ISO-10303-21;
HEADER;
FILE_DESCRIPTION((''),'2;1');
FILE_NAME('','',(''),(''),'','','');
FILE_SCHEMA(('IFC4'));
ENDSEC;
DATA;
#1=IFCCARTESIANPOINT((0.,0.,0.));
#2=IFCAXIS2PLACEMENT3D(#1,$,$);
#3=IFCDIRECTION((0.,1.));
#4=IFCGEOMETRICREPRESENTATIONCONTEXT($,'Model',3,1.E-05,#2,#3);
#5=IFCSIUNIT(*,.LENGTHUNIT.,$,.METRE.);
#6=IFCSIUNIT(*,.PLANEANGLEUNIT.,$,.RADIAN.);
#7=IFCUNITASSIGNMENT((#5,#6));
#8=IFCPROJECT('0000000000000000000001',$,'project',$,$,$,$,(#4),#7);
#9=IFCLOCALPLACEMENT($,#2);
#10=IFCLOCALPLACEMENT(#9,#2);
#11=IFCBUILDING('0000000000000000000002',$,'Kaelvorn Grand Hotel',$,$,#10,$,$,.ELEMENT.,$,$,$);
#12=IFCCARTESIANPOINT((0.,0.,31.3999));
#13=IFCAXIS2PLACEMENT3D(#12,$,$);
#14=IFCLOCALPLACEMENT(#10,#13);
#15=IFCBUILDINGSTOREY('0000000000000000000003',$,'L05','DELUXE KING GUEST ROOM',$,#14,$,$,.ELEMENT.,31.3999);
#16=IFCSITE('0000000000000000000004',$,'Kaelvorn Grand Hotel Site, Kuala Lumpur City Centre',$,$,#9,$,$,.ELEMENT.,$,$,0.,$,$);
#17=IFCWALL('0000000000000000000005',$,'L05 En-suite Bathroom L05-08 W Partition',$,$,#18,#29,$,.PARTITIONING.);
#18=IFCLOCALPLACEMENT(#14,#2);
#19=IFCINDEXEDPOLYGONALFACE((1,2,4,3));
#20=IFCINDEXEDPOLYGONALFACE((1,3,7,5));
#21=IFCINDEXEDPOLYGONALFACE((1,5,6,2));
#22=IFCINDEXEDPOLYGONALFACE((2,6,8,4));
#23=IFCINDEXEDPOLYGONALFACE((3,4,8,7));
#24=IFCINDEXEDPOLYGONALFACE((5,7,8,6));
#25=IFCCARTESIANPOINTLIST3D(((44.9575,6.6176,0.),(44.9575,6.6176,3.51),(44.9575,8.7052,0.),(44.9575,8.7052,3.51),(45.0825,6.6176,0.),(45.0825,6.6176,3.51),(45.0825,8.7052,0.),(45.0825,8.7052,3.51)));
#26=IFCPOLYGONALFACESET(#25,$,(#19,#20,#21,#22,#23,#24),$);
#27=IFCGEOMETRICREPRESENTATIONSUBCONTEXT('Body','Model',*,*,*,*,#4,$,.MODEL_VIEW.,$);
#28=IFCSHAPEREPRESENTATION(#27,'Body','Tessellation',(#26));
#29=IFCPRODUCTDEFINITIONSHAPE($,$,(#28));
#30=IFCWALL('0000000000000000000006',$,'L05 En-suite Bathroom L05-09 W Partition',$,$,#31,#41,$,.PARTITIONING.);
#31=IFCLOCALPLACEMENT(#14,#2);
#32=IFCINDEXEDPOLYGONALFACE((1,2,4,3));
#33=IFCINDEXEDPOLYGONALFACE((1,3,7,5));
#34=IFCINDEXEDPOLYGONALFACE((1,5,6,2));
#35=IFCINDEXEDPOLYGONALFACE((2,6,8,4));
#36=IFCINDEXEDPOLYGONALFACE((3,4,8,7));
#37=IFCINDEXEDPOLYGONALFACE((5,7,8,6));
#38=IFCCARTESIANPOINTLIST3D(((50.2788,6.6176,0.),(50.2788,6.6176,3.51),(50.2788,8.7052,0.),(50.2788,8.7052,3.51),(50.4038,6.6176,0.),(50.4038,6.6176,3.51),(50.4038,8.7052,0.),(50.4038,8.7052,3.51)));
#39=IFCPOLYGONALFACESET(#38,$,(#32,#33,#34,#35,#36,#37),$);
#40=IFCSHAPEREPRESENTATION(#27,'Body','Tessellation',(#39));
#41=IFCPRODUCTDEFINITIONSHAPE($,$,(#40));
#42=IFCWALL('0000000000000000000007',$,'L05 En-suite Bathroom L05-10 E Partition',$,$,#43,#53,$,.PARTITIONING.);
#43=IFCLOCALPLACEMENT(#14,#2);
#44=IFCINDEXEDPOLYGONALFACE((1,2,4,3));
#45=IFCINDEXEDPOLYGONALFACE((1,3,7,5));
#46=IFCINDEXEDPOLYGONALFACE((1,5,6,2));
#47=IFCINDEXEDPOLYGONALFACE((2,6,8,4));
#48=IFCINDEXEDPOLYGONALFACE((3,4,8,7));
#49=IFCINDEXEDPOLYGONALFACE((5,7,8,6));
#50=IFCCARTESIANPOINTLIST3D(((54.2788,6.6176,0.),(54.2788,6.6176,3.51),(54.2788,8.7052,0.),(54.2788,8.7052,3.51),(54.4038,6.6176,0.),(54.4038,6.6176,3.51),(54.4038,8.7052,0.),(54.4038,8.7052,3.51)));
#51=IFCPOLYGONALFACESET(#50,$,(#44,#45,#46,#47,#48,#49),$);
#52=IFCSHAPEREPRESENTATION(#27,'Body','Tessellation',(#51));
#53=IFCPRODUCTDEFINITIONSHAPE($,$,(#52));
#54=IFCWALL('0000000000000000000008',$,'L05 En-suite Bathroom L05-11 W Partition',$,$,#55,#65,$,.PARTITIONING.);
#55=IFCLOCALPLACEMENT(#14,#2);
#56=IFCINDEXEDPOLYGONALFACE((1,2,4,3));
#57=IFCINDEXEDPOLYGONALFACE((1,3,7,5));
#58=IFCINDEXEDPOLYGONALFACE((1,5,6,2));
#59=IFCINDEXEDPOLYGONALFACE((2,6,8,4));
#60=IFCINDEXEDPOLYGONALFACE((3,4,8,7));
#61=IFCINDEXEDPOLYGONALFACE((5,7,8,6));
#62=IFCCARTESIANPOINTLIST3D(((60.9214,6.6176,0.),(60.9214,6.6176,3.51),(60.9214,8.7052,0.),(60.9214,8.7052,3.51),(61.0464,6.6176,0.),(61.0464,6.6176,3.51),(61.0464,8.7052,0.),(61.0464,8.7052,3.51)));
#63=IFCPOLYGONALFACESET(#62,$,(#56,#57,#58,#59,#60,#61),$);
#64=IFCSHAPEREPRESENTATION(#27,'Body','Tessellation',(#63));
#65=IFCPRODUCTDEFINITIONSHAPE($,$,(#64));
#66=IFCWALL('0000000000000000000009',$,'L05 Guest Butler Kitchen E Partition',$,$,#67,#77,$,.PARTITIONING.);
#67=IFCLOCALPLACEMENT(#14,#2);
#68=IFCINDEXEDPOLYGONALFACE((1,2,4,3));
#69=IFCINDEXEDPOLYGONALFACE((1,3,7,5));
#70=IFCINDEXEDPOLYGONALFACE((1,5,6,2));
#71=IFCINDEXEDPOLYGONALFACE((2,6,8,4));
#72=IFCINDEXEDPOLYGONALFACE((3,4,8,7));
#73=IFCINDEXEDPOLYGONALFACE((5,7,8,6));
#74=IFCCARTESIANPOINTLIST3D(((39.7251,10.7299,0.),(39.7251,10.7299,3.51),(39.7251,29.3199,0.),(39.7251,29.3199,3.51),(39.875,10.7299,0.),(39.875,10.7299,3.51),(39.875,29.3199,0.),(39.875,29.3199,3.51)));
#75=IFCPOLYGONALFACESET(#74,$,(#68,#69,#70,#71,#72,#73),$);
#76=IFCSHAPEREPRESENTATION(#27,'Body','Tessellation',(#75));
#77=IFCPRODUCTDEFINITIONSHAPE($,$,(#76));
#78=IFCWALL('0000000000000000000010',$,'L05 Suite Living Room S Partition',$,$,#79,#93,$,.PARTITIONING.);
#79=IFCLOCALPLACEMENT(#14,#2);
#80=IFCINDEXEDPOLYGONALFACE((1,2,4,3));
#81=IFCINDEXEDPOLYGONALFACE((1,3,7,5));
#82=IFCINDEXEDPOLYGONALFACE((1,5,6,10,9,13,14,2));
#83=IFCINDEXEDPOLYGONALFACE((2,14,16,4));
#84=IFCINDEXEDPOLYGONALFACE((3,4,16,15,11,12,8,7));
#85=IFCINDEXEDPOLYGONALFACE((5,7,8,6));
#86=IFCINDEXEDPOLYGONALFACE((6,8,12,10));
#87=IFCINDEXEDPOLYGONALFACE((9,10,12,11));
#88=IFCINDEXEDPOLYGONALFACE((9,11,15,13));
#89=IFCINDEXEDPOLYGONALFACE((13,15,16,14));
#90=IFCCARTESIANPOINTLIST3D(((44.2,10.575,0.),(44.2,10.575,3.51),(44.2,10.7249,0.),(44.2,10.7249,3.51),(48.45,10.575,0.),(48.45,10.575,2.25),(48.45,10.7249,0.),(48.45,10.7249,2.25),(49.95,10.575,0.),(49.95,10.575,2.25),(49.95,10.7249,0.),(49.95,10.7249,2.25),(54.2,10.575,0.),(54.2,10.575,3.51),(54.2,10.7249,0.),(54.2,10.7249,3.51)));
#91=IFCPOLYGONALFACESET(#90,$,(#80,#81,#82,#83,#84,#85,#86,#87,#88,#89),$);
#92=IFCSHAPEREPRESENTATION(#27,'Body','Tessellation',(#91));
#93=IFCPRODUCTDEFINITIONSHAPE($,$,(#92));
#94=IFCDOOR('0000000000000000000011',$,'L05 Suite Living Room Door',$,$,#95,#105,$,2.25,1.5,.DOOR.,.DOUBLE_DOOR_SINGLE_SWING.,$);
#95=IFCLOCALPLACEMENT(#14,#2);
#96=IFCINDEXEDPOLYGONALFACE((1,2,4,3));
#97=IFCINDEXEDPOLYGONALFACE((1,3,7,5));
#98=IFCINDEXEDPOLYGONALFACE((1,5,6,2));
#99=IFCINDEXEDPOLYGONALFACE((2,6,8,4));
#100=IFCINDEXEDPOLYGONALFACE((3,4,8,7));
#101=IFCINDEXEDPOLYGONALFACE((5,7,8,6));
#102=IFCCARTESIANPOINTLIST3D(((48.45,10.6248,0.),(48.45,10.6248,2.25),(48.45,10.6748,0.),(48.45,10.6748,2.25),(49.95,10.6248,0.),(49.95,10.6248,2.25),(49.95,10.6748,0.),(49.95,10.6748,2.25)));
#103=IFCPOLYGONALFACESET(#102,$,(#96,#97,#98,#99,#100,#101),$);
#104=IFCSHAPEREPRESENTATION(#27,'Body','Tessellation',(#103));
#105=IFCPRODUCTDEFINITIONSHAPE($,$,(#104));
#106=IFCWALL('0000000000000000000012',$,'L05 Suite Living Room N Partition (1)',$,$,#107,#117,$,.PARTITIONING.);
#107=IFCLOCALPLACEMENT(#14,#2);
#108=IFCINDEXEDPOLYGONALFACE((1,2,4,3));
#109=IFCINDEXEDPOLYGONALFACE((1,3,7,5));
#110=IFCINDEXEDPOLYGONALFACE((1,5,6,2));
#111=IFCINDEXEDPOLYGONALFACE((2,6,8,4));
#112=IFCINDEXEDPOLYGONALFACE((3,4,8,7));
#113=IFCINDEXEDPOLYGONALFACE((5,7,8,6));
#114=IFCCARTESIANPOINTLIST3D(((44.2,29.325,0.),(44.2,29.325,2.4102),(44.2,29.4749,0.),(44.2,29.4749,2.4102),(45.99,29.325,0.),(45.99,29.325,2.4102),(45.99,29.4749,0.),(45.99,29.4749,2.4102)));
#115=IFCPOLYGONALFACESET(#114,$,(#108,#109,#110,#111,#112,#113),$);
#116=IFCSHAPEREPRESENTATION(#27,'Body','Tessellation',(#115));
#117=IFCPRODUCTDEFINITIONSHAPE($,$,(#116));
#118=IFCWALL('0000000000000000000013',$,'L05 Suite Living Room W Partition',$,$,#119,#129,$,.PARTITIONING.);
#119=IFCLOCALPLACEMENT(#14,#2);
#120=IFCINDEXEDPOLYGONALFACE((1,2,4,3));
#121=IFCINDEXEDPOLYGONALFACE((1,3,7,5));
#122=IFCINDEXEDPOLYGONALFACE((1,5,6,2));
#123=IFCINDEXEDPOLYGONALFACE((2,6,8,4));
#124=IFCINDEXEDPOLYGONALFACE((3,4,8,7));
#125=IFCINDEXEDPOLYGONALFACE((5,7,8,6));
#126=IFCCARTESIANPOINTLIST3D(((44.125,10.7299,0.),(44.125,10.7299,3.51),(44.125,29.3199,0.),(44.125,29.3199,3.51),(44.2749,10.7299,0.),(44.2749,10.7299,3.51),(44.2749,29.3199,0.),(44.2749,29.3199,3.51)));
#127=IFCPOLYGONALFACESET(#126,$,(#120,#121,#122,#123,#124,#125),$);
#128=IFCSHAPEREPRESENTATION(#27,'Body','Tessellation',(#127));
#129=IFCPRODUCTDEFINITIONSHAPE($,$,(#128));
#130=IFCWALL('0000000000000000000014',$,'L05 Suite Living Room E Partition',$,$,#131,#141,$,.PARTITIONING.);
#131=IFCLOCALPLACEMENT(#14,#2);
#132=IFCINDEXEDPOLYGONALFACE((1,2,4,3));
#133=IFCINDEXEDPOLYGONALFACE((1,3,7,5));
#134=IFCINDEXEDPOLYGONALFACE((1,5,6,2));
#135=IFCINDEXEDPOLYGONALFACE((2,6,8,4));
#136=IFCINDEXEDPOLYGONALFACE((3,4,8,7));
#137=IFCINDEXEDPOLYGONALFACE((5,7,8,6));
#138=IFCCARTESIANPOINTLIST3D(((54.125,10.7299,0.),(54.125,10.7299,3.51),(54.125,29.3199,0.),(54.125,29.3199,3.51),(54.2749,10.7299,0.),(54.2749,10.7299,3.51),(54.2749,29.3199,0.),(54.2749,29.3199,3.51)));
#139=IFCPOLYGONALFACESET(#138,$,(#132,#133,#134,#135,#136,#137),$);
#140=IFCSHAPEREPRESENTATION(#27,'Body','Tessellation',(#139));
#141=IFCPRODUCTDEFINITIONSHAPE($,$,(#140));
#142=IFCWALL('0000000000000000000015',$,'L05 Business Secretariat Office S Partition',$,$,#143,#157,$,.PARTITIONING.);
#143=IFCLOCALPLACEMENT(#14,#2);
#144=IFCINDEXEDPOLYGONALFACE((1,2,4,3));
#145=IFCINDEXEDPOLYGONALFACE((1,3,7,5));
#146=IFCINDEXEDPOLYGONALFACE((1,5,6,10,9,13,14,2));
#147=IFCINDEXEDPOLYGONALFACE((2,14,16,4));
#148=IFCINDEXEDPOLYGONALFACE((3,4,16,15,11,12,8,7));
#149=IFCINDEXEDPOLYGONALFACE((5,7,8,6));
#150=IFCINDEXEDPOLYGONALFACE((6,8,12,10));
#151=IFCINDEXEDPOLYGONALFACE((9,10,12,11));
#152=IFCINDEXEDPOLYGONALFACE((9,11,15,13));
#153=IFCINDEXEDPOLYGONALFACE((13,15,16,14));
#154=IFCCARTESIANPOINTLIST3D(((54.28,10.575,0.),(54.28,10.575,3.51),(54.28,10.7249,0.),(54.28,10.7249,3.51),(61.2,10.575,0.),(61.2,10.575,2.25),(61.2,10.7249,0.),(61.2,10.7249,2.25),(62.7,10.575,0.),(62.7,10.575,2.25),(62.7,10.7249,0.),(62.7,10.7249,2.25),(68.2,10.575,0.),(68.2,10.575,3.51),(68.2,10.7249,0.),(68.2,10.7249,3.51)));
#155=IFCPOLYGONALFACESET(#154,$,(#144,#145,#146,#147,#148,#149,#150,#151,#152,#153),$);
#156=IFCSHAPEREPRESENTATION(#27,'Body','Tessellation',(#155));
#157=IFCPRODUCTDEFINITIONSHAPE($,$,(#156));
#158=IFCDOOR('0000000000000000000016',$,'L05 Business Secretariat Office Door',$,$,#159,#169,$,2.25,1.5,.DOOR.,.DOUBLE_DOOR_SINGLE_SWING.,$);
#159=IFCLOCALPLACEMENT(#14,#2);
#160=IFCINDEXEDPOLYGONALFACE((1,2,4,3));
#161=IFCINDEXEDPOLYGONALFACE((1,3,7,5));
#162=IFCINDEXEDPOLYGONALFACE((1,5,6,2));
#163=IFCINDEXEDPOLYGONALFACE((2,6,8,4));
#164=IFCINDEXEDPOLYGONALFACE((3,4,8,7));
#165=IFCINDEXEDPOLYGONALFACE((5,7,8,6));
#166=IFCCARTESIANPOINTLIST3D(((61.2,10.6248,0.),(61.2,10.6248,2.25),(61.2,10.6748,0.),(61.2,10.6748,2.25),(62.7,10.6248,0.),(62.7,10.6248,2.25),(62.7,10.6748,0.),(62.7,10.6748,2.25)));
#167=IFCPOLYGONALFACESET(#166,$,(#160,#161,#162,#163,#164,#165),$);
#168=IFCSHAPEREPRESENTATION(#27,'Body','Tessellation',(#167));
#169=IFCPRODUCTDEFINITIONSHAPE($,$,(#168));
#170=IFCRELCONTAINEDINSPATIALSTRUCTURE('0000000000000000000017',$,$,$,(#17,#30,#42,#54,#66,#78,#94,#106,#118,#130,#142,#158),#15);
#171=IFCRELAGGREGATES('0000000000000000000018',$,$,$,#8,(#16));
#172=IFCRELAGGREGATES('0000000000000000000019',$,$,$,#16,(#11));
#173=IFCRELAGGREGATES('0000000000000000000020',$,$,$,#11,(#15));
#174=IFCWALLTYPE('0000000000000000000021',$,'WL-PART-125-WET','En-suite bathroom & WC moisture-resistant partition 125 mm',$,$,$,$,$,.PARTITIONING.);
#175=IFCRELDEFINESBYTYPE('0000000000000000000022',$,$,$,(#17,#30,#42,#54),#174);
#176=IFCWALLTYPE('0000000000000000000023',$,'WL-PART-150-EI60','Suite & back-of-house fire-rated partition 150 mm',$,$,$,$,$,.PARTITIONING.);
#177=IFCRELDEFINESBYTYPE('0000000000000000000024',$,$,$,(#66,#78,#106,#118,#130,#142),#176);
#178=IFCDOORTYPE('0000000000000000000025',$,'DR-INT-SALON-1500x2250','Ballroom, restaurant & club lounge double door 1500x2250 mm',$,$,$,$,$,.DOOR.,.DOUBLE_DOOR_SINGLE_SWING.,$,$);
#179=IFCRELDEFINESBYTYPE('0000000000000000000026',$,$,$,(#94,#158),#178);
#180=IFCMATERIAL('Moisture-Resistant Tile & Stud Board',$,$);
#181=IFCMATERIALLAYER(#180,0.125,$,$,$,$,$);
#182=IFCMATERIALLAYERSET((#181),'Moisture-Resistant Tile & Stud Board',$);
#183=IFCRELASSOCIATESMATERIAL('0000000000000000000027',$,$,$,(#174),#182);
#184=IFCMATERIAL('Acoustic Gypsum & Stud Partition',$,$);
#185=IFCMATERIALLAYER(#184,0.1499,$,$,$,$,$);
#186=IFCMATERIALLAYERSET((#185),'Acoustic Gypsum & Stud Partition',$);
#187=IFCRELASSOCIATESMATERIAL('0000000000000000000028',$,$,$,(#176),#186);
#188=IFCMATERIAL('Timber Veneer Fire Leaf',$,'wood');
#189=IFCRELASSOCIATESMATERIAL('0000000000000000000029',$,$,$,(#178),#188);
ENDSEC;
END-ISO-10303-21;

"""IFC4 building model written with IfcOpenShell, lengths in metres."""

from ifc_helpers import new_model, si_unit, direction, frame, frame_2d, origin, place, context, subcontext, project, spatial, rectangle, extrude, material, layer, layer_set, type_object, element, fill, save


model = new_model("IFC4")

# Units and contexts
model_context = context("Model", 3, precision=1e-05, world=origin(), true_north=direction((0.0, 1.0)))
body_context = subcontext(model_context, "Body", "Model", "MODEL_VIEW")
ifc_project = project(units=[si_unit("LENGTHUNIT", "METRE"), si_unit("PLANEANGLEUNIT", "RADIAN")], contexts=[model_context])

# Site, building, storey
site_placement = place(None, origin())
site = spatial("IfcSite", under=ifc_project, at=site_placement, Name="Kaelvorn Grand Hotel Site, Kuala Lumpur City Centre", CompositionType="ELEMENT", RefElevation=0.0)
building_placement = place(site_placement, origin())
building = spatial("IfcBuilding", under=site, at=building_placement, Name="Kaelvorn Grand Hotel", CompositionType="ELEMENT")
storey_placement = place(building_placement, frame((0.0, 0.0, 31.3999)))
storey = spatial("IfcBuildingStorey", under=building, at=storey_placement, Name="L05", Description="DELUXE KING GUEST ROOM", CompositionType="ELEMENT", Elevation=31.3999)

# Walls
ifc_material_1 = material(Name="Moisture-Resistant Tile & Stud Board")
ifc_layer_1 = layer(ifc_material_1, 0.125)
ifc_layer_set_1 = layer_set([ifc_layer_1], Name="Moisture-Resistant Tile & Stud Board")
wall_type_1 = type_object("IfcWallType", Name="WL-PART-125-WET", Description="En-suite bathroom & WC moisture-resistant partition 125 mm", PredefinedType="PARTITIONING", material=ifc_layer_set_1)
for number, where, z_axis, x_axis, name in (
    (1, (45.02, 6.6174, 0.0), (0.0, 0.0, 1.0), (0.0, 1.0, 0.0), "L05 En-suite Bathroom L05-08 W Partition"),
    (2, (50.3413, 6.6174, 0.0), (0.0, 0.0, 1.0), (0.0, 1.0, 0.0), "L05 En-suite Bathroom L05-09 W Partition"),
    (3, (54.3413, 6.6174, 0.0), (0.0, 0.0, 1.0), (0.0, 1.0, 0.0), "L05 En-suite Bathroom L05-10 E Partition"),
    (4, (60.9839, 6.6174, 0.0), (0.0, 0.0, 1.0), (0.0, 1.0, 0.0), "L05 En-suite Bathroom L05-11 W Partition"),
):
    element("IfcWall", number, at=place(storey_placement, frame(where, z_axis=z_axis, x_axis=x_axis)), inside=storey, type_object=wall_type_1, Name=name, PredefinedType="PARTITIONING", context=body_context, shape_type="SweptSolid", body=[
        extrude(rectangle(XDim=2.0876, YDim=0.125, at=frame_2d((1.0439, 0.0))), origin(), (0.0, 0.0, 1.0), 3.51),
    ])
ifc_material_2 = material(Name="Acoustic Gypsum & Stud Partition")
ifc_layer_2 = layer(ifc_material_2, 0.1499)
ifc_layer_set_2 = layer_set([ifc_layer_2], Name="Acoustic Gypsum & Stud Partition")
wall_type_2 = type_object("IfcWallType", Name="WL-PART-150-EI60", Description="Suite & back-of-house fire-rated partition 150 mm", PredefinedType="PARTITIONING", material=ifc_layer_set_2)
wall_1_placement = place(storey_placement, frame((39.8, 10.73, 0.0), z_axis=(0.0, 0.0, 1.0), x_axis=(0.0, 1.0, 0.0)))
element("IfcWall", 5, at=wall_1_placement, inside=storey, type_object=wall_type_2, Name="L05 Guest Butler Kitchen E Partition", PredefinedType="PARTITIONING", context=body_context, shape_type="SweptSolid", body=[
    extrude(rectangle(XDim=18.5901, YDim=0.1499, at=frame_2d((9.2949, 0.0))), origin(), (0.0, 0.0, 1.0), 3.51),
])

# Wall, opening, door
wall_2_placement = place(storey_placement, frame((44.2, 10.6499, 0.0), z_axis=(0.0, 0.0, 1.0), x_axis=(1.0, 0.0, 0.0)))
wall_2 = element("IfcWall", 6, at=wall_2_placement, inside=storey, type_object=wall_type_2, Name="L05 Suite Living Room S Partition", PredefinedType="PARTITIONING", context=body_context, shape_type="SweptSolid", body=[
    extrude(rectangle(XDim=10.0, YDim=0.1499, at=frame_2d((5.0, 0.0))), origin(), (0.0, 0.0, 1.0), 3.51),
])
opening_1_placement = place(wall_2_placement, frame((4.25, 0.0, 0.0)))
opening_1 = element("IfcOpeningElement", 7, at=opening_1_placement, cuts=wall_2, PredefinedType="OPENING", context=body_context, shape_type="SweptSolid", body=[
    extrude(rectangle(XDim=1.5, YDim=2.25, at=frame_2d((0.75, 1.125))), frame((0.0, 0.085, 0.0), z_axis=(0.0, -1.0, 0.0), x_axis=(1.0, 0.0, 0.0)), (0.0, 0.0, 1.0), 0.1699),
])
ifc_material_3 = material(Name="Timber Veneer Fire Leaf", Category="wood")
door_type_1 = type_object("IfcDoorType", Name="DR-INT-SALON-1500x2250", Description="Ballroom, restaurant & club lounge double door 1500x2250 mm", OperationType="DOUBLE_DOOR_SINGLE_SWING", PredefinedType="DOOR", material=ifc_material_3)
door_1_placement = place(opening_1_placement, origin())
door_1 = element("IfcDoor", 8, at=door_1_placement, inside=storey, type_object=door_type_1, Name="L05 Suite Living Room Door", OperationType="DOUBLE_DOOR_SINGLE_SWING", OverallHeight=2.25, OverallWidth=1.5, PredefinedType="DOOR", context=body_context, shape_type="SweptSolid", body=[
    extrude(rectangle(XDim=1.5, YDim=2.25, at=frame_2d((0.75, 1.125))), frame((0.0, 0.0249, 0.0), z_axis=(0.0, -1.0, 0.0), x_axis=(1.0, 0.0, 0.0)), (0.0, 0.0, 1.0), 0.05),
])
fill(opening_1, door_1)

# Walls
wall_3_placement = place(storey_placement, frame((44.2, 29.3999, 0.0), z_axis=(0.0, 0.0, 1.0), x_axis=(1.0, 0.0, 0.0)))
element("IfcWall", 9, at=wall_3_placement, inside=storey, type_object=wall_type_2, Name="L05 Suite Living Room N Partition (1)", PredefinedType="PARTITIONING", context=body_context, shape_type="SweptSolid", body=[
    extrude(rectangle(XDim=1.79, YDim=0.1499, at=frame_2d((0.895, 0.0))), origin(), (0.0, 0.0, 1.0), 2.4102),
])
for number, where, z_axis, x_axis, name in (
    (10, (44.2, 10.73, 0.0), (0.0, 0.0, 1.0), (0.0, 1.0, 0.0), "L05 Suite Living Room W Partition"),
    (11, (54.2, 10.73, 0.0), (0.0, 0.0, 1.0), (0.0, 1.0, 0.0), "L05 Suite Living Room E Partition"),
):
    element("IfcWall", number, at=place(storey_placement, frame(where, z_axis=z_axis, x_axis=x_axis)), inside=storey, type_object=wall_type_2, Name=name, PredefinedType="PARTITIONING", context=body_context, shape_type="SweptSolid", body=[
        extrude(rectangle(XDim=18.5901, YDim=0.1499, at=frame_2d((9.2949, 0.0))), origin(), (0.0, 0.0, 1.0), 3.51),
    ])

# Wall, opening, door
wall_4_placement = place(storey_placement, frame((54.28, 10.6499, 0.0), z_axis=(0.0, 0.0, 1.0), x_axis=(1.0, 0.0, 0.0)))
wall_4 = element("IfcWall", 12, at=wall_4_placement, inside=storey, type_object=wall_type_2, Name="L05 Business Secretariat Office S Partition", PredefinedType="PARTITIONING", context=body_context, shape_type="SweptSolid", body=[
    extrude(rectangle(XDim=13.9199, YDim=0.1499, at=frame_2d((6.96, 0.0))), origin(), (0.0, 0.0, 1.0), 3.51),
])
opening_2_placement = place(wall_4_placement, frame((6.9199, 0.0, 0.0)))
opening_2 = element("IfcOpeningElement", 13, at=opening_2_placement, cuts=wall_4, PredefinedType="OPENING", context=body_context, shape_type="SweptSolid", body=[
    extrude(rectangle(XDim=1.5, YDim=2.25, at=frame_2d((0.75, 1.125))), frame((0.0, 0.085, 0.0), z_axis=(0.0, -1.0, 0.0), x_axis=(1.0, 0.0, 0.0)), (0.0, 0.0, 1.0), 0.1699),
])
door_2_placement = place(opening_2_placement, origin())
door_2 = element("IfcDoor", 14, at=door_2_placement, inside=storey, type_object=door_type_1, Name="L05 Business Secretariat Office Door", OperationType="DOUBLE_DOOR_SINGLE_SWING", OverallHeight=2.25, OverallWidth=1.5, PredefinedType="DOOR", context=body_context, shape_type="SweptSolid", body=[
    extrude(rectangle(XDim=1.5, YDim=2.25, at=frame_2d((0.75, 1.125))), frame((0.0, 0.0249, 0.0), z_axis=(0.0, -1.0, 0.0), x_axis=(1.0, 0.0, 0.0)), (0.0, 0.0, 1.0), 0.05),
])
fill(opening_2, door_2)

save(model, "model.ifc")
